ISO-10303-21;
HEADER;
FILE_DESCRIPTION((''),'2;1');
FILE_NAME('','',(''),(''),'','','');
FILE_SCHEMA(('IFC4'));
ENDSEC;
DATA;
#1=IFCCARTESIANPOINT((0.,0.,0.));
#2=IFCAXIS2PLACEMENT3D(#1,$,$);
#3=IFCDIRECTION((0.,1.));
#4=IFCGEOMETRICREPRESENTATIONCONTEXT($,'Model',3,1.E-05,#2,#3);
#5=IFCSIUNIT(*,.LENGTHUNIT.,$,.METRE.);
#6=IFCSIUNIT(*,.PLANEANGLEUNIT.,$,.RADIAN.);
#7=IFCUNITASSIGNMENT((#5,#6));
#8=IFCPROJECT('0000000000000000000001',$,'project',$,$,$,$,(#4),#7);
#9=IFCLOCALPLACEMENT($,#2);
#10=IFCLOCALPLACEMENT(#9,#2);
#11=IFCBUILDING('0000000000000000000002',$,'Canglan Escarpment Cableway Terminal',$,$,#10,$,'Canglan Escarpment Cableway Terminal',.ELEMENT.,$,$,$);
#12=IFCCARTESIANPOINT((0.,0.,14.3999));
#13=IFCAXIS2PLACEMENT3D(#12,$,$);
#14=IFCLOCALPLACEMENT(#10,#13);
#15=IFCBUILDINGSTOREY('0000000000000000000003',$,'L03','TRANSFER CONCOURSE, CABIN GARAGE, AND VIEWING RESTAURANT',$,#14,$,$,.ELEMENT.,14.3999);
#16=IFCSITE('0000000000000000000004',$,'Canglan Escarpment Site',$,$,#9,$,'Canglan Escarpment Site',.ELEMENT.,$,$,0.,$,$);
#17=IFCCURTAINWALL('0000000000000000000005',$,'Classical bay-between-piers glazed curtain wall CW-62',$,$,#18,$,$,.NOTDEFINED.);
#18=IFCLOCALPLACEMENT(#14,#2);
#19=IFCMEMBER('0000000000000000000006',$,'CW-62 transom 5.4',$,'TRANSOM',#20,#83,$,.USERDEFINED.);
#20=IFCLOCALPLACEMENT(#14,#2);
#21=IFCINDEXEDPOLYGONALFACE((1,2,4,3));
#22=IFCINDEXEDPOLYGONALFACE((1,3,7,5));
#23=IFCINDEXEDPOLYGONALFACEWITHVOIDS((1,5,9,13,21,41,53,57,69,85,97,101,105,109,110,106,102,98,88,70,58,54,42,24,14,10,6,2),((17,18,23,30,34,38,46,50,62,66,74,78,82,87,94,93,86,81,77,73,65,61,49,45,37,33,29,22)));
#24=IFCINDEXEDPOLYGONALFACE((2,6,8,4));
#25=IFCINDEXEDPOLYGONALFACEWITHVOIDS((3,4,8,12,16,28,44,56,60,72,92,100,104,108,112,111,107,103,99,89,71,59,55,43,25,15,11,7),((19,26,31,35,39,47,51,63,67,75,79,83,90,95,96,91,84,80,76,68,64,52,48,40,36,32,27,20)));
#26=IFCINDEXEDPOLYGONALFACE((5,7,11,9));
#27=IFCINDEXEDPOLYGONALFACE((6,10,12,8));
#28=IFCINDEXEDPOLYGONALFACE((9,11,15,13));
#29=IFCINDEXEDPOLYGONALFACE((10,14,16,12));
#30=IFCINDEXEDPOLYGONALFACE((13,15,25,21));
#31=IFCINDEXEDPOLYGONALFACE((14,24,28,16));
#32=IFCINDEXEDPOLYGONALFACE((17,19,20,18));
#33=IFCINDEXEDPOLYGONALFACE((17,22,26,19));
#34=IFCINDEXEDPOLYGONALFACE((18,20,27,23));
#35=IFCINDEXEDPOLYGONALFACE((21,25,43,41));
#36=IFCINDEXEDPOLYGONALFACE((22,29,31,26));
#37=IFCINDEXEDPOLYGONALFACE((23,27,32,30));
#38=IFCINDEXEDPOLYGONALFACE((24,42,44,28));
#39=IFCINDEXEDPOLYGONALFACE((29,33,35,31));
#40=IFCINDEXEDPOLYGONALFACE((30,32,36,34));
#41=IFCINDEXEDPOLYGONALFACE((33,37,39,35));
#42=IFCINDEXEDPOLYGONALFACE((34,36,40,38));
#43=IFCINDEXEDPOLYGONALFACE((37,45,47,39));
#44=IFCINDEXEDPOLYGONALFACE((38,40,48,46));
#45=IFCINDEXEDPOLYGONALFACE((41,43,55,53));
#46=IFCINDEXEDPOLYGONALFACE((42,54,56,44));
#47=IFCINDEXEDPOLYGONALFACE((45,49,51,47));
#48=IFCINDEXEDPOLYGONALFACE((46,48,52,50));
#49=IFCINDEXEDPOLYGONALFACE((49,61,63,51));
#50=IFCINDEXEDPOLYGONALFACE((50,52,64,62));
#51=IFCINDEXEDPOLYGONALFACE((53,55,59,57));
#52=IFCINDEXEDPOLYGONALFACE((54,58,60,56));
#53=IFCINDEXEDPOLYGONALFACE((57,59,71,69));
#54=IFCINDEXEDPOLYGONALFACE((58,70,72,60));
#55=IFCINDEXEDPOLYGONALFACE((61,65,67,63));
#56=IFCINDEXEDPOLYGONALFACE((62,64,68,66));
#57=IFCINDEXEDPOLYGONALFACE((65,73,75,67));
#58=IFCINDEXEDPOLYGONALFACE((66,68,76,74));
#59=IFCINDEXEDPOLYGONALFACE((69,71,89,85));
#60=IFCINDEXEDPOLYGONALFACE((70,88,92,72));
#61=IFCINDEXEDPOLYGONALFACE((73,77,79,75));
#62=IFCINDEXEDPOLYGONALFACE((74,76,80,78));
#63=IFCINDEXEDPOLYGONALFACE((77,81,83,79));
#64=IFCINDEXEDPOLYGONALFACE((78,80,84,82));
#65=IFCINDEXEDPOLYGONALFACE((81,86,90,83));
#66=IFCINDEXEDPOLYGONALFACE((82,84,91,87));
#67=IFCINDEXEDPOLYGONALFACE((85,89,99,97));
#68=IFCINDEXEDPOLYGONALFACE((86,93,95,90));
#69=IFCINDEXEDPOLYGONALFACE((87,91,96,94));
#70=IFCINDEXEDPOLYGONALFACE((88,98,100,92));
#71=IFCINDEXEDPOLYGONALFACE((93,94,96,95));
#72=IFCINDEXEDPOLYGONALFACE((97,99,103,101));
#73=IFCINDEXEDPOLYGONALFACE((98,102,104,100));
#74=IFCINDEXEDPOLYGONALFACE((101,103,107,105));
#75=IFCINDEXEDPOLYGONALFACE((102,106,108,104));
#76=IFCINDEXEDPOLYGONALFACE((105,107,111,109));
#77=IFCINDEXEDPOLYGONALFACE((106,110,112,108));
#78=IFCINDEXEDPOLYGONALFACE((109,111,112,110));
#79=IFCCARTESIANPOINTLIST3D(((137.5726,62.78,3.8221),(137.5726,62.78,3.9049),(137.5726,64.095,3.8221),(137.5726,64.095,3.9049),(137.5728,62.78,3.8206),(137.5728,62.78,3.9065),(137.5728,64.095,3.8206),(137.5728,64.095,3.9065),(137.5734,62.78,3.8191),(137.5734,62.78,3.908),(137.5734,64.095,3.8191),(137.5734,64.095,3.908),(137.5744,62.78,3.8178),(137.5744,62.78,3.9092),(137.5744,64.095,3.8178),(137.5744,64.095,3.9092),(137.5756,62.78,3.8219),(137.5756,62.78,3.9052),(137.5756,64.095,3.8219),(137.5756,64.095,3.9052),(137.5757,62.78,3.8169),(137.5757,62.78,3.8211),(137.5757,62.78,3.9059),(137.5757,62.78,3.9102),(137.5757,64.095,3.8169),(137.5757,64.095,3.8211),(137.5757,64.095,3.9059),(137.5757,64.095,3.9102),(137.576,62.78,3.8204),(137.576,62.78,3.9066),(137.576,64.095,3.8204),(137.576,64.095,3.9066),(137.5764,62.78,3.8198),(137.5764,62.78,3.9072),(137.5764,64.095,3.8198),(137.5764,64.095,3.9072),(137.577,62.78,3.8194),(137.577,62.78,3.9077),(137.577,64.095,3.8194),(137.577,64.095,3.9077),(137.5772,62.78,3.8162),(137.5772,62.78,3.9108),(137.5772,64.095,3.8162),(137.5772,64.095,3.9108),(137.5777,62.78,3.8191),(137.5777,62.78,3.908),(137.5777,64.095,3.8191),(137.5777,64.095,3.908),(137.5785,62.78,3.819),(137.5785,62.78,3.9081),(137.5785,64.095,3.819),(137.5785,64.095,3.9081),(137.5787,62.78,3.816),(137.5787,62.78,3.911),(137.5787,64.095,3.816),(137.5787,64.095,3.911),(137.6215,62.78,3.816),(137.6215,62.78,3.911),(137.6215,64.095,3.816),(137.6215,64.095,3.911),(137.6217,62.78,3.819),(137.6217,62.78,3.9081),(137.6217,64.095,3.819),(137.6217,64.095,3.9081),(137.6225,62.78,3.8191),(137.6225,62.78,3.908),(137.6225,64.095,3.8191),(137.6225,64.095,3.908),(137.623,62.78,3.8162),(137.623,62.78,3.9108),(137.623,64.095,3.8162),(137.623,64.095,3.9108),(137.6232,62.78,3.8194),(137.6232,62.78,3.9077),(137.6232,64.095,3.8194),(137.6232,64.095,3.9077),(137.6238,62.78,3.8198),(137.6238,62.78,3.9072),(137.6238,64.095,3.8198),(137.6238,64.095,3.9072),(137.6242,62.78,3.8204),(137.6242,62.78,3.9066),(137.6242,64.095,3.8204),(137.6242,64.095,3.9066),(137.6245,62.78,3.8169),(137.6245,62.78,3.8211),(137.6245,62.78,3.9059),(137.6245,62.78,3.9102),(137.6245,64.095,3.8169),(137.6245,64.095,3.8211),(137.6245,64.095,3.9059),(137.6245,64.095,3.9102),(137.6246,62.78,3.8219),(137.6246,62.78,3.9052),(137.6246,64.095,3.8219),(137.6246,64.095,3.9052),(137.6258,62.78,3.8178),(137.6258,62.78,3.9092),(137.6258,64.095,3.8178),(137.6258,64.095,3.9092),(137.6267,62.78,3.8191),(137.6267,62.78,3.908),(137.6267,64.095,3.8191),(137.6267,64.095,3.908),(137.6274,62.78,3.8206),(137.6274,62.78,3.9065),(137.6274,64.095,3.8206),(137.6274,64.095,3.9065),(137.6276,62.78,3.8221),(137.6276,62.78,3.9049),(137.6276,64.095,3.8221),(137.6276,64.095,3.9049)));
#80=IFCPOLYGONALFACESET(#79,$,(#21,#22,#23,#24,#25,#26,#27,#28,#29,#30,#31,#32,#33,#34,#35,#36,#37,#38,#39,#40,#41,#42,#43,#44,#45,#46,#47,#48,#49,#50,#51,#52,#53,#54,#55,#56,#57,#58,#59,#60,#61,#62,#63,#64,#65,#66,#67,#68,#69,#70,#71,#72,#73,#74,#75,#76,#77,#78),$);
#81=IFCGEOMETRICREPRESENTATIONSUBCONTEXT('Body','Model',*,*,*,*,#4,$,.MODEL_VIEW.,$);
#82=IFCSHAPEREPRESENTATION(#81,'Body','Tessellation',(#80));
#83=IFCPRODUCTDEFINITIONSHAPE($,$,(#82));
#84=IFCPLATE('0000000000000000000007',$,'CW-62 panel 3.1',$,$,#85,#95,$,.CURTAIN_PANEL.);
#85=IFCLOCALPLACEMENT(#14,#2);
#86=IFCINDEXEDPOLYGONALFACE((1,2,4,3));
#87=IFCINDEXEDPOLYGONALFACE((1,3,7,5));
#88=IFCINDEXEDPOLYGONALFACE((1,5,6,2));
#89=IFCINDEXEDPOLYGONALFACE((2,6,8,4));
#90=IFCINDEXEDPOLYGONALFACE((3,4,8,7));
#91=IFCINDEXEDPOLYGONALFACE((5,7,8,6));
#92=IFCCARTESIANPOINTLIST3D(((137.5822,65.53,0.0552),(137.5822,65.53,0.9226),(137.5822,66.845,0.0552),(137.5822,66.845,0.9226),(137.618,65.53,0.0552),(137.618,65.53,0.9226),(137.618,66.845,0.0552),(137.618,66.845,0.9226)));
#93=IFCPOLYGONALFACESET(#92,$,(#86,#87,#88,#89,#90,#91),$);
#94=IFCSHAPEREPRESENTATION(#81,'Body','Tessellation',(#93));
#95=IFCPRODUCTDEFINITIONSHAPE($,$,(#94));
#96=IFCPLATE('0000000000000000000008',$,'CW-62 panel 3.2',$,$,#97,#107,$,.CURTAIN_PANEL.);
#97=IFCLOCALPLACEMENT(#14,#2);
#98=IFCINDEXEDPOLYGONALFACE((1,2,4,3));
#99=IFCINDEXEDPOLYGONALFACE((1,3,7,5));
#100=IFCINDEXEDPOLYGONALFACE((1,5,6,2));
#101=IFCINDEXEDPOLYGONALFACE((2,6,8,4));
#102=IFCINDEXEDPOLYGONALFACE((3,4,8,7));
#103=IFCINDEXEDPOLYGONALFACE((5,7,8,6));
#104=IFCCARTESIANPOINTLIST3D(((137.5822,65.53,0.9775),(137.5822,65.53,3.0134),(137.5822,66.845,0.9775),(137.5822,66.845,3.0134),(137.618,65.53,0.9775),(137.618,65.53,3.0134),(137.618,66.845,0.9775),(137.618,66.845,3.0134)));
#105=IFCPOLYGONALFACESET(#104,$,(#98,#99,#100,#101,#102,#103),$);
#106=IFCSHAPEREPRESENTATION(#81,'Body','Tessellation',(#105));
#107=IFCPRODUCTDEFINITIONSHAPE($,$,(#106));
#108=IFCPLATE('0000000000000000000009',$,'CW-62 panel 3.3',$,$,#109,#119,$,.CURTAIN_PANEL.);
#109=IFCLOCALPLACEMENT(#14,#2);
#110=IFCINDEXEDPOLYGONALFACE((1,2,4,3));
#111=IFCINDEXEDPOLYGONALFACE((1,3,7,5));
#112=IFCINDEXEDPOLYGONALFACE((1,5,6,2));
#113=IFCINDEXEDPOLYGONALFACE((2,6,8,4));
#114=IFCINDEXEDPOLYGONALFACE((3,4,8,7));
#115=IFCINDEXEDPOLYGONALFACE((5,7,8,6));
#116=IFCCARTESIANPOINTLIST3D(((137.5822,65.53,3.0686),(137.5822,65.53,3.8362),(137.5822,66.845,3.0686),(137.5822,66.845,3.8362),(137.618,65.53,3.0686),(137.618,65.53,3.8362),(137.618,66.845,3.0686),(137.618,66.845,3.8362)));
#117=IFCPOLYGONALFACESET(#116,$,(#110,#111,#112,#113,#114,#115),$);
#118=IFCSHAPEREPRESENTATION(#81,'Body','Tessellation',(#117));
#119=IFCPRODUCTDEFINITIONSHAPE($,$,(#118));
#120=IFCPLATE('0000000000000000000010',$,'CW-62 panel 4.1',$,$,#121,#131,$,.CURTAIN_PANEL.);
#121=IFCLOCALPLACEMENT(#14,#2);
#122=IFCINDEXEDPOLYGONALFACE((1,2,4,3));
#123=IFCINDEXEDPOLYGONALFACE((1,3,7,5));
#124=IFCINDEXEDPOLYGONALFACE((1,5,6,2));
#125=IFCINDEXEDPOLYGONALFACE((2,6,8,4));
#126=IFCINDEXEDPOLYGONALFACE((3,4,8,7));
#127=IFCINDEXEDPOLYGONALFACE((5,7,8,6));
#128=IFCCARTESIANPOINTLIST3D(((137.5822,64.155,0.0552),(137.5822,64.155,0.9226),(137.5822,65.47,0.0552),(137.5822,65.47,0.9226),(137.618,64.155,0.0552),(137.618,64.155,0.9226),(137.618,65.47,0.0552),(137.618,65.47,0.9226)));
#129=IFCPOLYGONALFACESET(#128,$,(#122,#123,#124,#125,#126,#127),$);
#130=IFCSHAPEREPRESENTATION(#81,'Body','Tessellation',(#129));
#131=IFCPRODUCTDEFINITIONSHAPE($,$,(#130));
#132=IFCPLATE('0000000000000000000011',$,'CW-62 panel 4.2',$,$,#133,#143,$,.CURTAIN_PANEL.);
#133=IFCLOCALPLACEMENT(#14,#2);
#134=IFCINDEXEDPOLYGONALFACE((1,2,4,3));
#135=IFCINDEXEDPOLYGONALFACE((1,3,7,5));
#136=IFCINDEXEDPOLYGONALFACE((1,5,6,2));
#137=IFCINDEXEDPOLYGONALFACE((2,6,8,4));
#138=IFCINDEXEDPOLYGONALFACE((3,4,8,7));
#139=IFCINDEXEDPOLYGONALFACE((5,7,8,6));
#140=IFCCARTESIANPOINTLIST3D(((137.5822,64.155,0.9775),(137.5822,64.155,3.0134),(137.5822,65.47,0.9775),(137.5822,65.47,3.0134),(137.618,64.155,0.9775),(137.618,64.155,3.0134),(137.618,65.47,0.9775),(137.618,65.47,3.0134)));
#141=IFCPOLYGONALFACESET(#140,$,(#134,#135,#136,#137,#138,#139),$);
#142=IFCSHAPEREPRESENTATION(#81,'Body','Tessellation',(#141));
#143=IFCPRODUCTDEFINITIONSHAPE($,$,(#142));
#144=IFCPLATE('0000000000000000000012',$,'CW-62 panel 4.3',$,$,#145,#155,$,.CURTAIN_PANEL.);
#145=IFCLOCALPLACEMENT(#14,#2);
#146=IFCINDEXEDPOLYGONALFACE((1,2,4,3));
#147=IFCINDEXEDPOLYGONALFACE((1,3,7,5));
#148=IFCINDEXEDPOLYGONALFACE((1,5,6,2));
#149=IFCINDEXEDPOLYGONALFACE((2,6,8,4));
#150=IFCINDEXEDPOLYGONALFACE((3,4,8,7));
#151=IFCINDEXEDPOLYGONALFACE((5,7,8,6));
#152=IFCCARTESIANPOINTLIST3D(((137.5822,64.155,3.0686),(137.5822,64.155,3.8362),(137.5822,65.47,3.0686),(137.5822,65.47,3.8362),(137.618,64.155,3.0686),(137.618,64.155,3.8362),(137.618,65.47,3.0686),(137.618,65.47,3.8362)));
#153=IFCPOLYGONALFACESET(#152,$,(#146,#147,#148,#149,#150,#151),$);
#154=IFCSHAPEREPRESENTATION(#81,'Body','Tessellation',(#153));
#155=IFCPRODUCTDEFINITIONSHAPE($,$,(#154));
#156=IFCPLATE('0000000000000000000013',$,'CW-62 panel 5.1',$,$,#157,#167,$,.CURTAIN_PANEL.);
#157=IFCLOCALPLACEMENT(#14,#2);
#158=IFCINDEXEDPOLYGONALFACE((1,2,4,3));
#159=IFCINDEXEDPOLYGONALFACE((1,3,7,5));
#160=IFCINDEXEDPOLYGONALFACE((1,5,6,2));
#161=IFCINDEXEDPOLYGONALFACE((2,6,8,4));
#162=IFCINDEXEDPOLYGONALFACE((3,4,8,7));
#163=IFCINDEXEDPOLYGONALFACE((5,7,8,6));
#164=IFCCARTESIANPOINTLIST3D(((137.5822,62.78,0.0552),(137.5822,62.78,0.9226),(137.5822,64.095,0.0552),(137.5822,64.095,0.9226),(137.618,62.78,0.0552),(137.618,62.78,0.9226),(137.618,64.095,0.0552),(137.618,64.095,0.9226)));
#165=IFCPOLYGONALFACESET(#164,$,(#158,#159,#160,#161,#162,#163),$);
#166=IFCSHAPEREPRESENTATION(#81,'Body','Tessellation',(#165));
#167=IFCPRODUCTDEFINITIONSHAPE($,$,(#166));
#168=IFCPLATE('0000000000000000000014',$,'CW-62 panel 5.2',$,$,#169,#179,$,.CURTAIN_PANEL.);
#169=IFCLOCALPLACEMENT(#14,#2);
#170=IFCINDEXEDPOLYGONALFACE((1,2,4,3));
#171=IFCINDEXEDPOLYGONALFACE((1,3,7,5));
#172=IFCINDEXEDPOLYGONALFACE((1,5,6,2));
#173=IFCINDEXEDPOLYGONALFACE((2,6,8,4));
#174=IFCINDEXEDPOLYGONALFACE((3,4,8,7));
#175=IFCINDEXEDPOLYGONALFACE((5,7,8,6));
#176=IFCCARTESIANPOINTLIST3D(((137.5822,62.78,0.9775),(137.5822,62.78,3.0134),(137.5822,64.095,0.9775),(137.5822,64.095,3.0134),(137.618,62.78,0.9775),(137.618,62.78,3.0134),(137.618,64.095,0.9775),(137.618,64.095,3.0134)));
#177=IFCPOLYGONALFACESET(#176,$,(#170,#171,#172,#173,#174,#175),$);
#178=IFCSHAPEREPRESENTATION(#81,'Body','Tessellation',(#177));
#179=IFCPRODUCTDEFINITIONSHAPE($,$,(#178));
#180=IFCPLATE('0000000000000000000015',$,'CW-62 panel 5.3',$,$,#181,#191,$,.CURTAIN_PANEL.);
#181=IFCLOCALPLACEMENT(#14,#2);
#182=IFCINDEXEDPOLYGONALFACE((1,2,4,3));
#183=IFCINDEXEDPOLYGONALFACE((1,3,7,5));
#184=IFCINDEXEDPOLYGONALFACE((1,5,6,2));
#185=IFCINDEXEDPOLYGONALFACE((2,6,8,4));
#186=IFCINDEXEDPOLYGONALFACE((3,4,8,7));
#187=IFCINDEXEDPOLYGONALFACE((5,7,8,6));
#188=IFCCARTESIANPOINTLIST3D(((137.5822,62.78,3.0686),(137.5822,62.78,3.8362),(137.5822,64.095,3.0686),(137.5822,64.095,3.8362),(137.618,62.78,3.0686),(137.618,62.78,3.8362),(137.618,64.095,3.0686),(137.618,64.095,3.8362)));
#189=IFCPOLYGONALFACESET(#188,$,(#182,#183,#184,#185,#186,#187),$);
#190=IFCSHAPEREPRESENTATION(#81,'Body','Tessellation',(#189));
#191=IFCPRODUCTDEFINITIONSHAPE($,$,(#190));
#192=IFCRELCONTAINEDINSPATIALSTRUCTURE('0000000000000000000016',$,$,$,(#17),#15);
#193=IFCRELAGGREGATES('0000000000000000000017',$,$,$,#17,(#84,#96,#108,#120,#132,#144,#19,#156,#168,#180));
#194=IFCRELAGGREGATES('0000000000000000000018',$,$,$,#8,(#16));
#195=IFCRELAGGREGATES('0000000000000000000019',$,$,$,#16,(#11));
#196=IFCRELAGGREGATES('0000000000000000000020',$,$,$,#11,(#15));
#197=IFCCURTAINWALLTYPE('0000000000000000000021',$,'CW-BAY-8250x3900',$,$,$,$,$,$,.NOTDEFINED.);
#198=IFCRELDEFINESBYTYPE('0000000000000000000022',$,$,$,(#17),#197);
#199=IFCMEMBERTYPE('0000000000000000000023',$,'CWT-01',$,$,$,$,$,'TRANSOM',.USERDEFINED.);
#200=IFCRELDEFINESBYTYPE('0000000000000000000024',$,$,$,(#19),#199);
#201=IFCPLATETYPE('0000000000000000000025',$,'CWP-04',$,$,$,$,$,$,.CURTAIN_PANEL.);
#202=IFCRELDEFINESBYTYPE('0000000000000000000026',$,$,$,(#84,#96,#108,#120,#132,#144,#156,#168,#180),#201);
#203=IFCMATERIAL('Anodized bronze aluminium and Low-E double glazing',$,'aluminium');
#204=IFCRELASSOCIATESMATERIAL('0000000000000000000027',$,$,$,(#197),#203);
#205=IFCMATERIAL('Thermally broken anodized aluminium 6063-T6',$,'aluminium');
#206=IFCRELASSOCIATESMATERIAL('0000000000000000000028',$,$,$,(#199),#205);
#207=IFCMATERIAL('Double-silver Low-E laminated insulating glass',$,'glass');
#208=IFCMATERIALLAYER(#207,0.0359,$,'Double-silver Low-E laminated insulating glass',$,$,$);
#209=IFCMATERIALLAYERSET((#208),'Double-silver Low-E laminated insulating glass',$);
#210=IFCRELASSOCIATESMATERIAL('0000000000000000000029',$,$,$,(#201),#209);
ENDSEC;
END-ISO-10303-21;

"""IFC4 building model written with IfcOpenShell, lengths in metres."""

from ifc_helpers import new_model, si_unit, direction, frame, origin, origin_2d, place, context, subcontext, project, spatial, rectangle, hollow_rectangle, extrude, material, layer, layer_set, material_profile, profile_set, type_object, element, aggregate, save


model = new_model("IFC4")

# Units and contexts
model_context = context("Model", 3, precision=1e-05, world=origin(), true_north=direction((0.0, 1.0)))
body_context = subcontext(model_context, "Body", "Model", "MODEL_VIEW")
ifc_project = project(units=[si_unit("LENGTHUNIT", "METRE"), si_unit("PLANEANGLEUNIT", "RADIAN")], contexts=[model_context])

# Site, building, storey
site_placement = place(None, origin())
site = spatial("IfcSite", under=ifc_project, at=site_placement, Name="Canglan Escarpment Site", LongName="Canglan Escarpment Site", CompositionType="ELEMENT", RefElevation=0.0)
building_placement = place(site_placement, origin())
building = spatial("IfcBuilding", under=site, at=building_placement, Name="Canglan Escarpment Cableway Terminal", LongName="Canglan Escarpment Cableway Terminal", CompositionType="ELEMENT")
storey_placement = place(building_placement, frame((0.0, 0.0, 14.3999)))
storey = spatial("IfcBuildingStorey", under=building, at=storey_placement, Name="L03", Description="TRANSFER CONCOURSE, CABIN GARAGE, AND VIEWING RESTAURANT", CompositionType="ELEMENT", Elevation=14.3999)

# Curtain wall, member, plates
ifc_material_1 = material(Name="Anodized bronze aluminium and Low-E double glazing", Category="aluminium")
curtain_wall_type = type_object("IfcCurtainWallType", Name="CW-BAY-8250x3900", PredefinedType="NOTDEFINED", material=ifc_material_1)
curtain_wall_placement = place(storey_placement, origin())
curtain_wall = element("IfcCurtainWall", 1, at=curtain_wall_placement, inside=storey, type_object=curtain_wall_type, Name="Classical bay-between-piers glazed curtain wall CW-62", PredefinedType="NOTDEFINED")
ifc_material_2 = material(Name="Thermally broken anodized aluminium 6063-T6", Category="aluminium")
ifc_material_profile_1 = material_profile(ifc_material_2, hollow_rectangle(XDim=0.0549, YDim=0.095, WallThickness=0.0029, InnerFilletRadius=0.0029, OuterFilletRadius=0.0061, at=origin_2d()), Name="ALU-TRAN 55x95x3")
ifc_profile_set_1 = profile_set([ifc_material_profile_1], Name="Thermally broken anodized aluminium 6063-T6")
member_type_1 = type_object("IfcMemberType", Name="CWT-01", ElementType="TRANSOM", PredefinedType="USERDEFINED", material=ifc_profile_set_1)
member_1_placement = place(storey_placement, frame((137.6001, 64.095, 3.8635), z_axis=(0.0, -1.0, 0.0), x_axis=(1.0, 0.0, 0.0)))
member_1 = element("IfcMember", 2, at=member_1_placement, type_object=member_type_1, Name="CW-62 transom 5.4", ObjectType="TRANSOM", PredefinedType="USERDEFINED", context=body_context, shape_type="SweptSolid", body=[
    extrude(hollow_rectangle(XDim=0.0549, YDim=0.095, WallThickness=0.0029, InnerFilletRadius=0.0029, OuterFilletRadius=0.0061, at=origin_2d()), origin(), (0.0, 0.0, 1.0), 1.3149),
])
ifc_material_3 = material(Name="Double-silver Low-E laminated insulating glass", Category="glass")
ifc_layer_1 = layer(ifc_material_3, 0.0359, Name="Double-silver Low-E laminated insulating glass")
ifc_layer_set_1 = layer_set([ifc_layer_1], Name="Double-silver Low-E laminated insulating glass")
plate_type = type_object("IfcPlateType", Name="CWP-04", PredefinedType="CURTAIN_PANEL", material=ifc_layer_set_1)
plate_1_placement = place(storey_placement, frame((137.6001, 66.1875, 0.0552), z_axis=(0.0, 0.0, 1.0), x_axis=(0.0, -1.0, 0.0)))
plate_1 = element("IfcPlate", 3, at=plate_1_placement, type_object=plate_type, Name="CW-62 panel 3.1", PredefinedType="CURTAIN_PANEL", context=body_context, shape_type="SweptSolid", body=[
    extrude(rectangle(XDim=1.3149, YDim=0.0359, at=origin_2d()), origin(), (0.0, 0.0, 1.0), 0.8674),
])
plate_2_placement = place(storey_placement, frame((137.6001, 66.1875, 0.9775), z_axis=(0.0, 0.0, 1.0), x_axis=(0.0, -1.0, 0.0)))
plate_2 = element("IfcPlate", 4, at=plate_2_placement, type_object=plate_type, Name="CW-62 panel 3.2", PredefinedType="CURTAIN_PANEL", context=body_context, shape_type="SweptSolid", body=[
    extrude(rectangle(XDim=1.3149, YDim=0.0359, at=origin_2d()), origin(), (0.0, 0.0, 1.0), 2.0359),
])
plate_3_placement = place(storey_placement, frame((137.6001, 66.1875, 3.0686), z_axis=(0.0, 0.0, 1.0), x_axis=(0.0, -1.0, 0.0)))
plate_3 = element("IfcPlate", 5, at=plate_3_placement, type_object=plate_type, Name="CW-62 panel 3.3", PredefinedType="CURTAIN_PANEL", context=body_context, shape_type="SweptSolid", body=[
    extrude(rectangle(XDim=1.3149, YDim=0.0359, at=origin_2d()), origin(), (0.0, 0.0, 1.0), 0.7676),
])
plate_4_placement = place(storey_placement, frame((137.6001, 64.8125, 0.0552), z_axis=(0.0, 0.0, 1.0), x_axis=(0.0, -1.0, 0.0)))
plate_4 = element("IfcPlate", 6, at=plate_4_placement, type_object=plate_type, Name="CW-62 panel 4.1", PredefinedType="CURTAIN_PANEL", context=body_context, shape_type="SweptSolid", body=[
    extrude(rectangle(XDim=1.3149, YDim=0.0359, at=origin_2d()), origin(), (0.0, 0.0, 1.0), 0.8674),
])
plate_5_placement = place(storey_placement, frame((137.6001, 64.8125, 0.9775), z_axis=(0.0, 0.0, 1.0), x_axis=(0.0, -1.0, 0.0)))
plate_5 = element("IfcPlate", 7, at=plate_5_placement, type_object=plate_type, Name="CW-62 panel 4.2", PredefinedType="CURTAIN_PANEL", context=body_context, shape_type="SweptSolid", body=[
    extrude(rectangle(XDim=1.3149, YDim=0.0359, at=origin_2d()), origin(), (0.0, 0.0, 1.0), 2.0359),
])
plate_6_placement = place(storey_placement, frame((137.6001, 64.8125, 3.0686), z_axis=(0.0, 0.0, 1.0), x_axis=(0.0, -1.0, 0.0)))
plate_6 = element("IfcPlate", 8, at=plate_6_placement, type_object=plate_type, Name="CW-62 panel 4.3", PredefinedType="CURTAIN_PANEL", context=body_context, shape_type="SweptSolid", body=[
    extrude(rectangle(XDim=1.3149, YDim=0.0359, at=origin_2d()), origin(), (0.0, 0.0, 1.0), 0.7676),
])
plate_7_placement = place(storey_placement, frame((137.6001, 63.4375, 0.0552), z_axis=(0.0, 0.0, 1.0), x_axis=(0.0, -1.0, 0.0)))
plate_7 = element("IfcPlate", 9, at=plate_7_placement, type_object=plate_type, Name="CW-62 panel 5.1", PredefinedType="CURTAIN_PANEL", context=body_context, shape_type="SweptSolid", body=[
    extrude(rectangle(XDim=1.3149, YDim=0.0359, at=origin_2d()), origin(), (0.0, 0.0, 1.0), 0.8674),
])
plate_8_placement = place(storey_placement, frame((137.6001, 63.4375, 0.9775), z_axis=(0.0, 0.0, 1.0), x_axis=(0.0, -1.0, 0.0)))
plate_8 = element("IfcPlate", 10, at=plate_8_placement, type_object=plate_type, Name="CW-62 panel 5.2", PredefinedType="CURTAIN_PANEL", context=body_context, shape_type="SweptSolid", body=[
    extrude(rectangle(XDim=1.3149, YDim=0.0359, at=origin_2d()), origin(), (0.0, 0.0, 1.0), 2.0359),
])
plate_9_placement = place(storey_placement, frame((137.6001, 63.4375, 3.0686), z_axis=(0.0, 0.0, 1.0), x_axis=(0.0, -1.0, 0.0)))
plate_9 = element("IfcPlate", 11, at=plate_9_placement, type_object=plate_type, Name="CW-62 panel 5.3", PredefinedType="CURTAIN_PANEL", context=body_context, shape_type="SweptSolid", body=[
    extrude(rectangle(XDim=1.3149, YDim=0.0359, at=origin_2d()), origin(), (0.0, 0.0, 1.0), 0.7676),
])
aggregate(curtain_wall, [plate_1, plate_2, plate_3, plate_4, plate_5, plate_6, member_1, plate_7, plate_8, plate_9])

save(model, "model.ifc")
